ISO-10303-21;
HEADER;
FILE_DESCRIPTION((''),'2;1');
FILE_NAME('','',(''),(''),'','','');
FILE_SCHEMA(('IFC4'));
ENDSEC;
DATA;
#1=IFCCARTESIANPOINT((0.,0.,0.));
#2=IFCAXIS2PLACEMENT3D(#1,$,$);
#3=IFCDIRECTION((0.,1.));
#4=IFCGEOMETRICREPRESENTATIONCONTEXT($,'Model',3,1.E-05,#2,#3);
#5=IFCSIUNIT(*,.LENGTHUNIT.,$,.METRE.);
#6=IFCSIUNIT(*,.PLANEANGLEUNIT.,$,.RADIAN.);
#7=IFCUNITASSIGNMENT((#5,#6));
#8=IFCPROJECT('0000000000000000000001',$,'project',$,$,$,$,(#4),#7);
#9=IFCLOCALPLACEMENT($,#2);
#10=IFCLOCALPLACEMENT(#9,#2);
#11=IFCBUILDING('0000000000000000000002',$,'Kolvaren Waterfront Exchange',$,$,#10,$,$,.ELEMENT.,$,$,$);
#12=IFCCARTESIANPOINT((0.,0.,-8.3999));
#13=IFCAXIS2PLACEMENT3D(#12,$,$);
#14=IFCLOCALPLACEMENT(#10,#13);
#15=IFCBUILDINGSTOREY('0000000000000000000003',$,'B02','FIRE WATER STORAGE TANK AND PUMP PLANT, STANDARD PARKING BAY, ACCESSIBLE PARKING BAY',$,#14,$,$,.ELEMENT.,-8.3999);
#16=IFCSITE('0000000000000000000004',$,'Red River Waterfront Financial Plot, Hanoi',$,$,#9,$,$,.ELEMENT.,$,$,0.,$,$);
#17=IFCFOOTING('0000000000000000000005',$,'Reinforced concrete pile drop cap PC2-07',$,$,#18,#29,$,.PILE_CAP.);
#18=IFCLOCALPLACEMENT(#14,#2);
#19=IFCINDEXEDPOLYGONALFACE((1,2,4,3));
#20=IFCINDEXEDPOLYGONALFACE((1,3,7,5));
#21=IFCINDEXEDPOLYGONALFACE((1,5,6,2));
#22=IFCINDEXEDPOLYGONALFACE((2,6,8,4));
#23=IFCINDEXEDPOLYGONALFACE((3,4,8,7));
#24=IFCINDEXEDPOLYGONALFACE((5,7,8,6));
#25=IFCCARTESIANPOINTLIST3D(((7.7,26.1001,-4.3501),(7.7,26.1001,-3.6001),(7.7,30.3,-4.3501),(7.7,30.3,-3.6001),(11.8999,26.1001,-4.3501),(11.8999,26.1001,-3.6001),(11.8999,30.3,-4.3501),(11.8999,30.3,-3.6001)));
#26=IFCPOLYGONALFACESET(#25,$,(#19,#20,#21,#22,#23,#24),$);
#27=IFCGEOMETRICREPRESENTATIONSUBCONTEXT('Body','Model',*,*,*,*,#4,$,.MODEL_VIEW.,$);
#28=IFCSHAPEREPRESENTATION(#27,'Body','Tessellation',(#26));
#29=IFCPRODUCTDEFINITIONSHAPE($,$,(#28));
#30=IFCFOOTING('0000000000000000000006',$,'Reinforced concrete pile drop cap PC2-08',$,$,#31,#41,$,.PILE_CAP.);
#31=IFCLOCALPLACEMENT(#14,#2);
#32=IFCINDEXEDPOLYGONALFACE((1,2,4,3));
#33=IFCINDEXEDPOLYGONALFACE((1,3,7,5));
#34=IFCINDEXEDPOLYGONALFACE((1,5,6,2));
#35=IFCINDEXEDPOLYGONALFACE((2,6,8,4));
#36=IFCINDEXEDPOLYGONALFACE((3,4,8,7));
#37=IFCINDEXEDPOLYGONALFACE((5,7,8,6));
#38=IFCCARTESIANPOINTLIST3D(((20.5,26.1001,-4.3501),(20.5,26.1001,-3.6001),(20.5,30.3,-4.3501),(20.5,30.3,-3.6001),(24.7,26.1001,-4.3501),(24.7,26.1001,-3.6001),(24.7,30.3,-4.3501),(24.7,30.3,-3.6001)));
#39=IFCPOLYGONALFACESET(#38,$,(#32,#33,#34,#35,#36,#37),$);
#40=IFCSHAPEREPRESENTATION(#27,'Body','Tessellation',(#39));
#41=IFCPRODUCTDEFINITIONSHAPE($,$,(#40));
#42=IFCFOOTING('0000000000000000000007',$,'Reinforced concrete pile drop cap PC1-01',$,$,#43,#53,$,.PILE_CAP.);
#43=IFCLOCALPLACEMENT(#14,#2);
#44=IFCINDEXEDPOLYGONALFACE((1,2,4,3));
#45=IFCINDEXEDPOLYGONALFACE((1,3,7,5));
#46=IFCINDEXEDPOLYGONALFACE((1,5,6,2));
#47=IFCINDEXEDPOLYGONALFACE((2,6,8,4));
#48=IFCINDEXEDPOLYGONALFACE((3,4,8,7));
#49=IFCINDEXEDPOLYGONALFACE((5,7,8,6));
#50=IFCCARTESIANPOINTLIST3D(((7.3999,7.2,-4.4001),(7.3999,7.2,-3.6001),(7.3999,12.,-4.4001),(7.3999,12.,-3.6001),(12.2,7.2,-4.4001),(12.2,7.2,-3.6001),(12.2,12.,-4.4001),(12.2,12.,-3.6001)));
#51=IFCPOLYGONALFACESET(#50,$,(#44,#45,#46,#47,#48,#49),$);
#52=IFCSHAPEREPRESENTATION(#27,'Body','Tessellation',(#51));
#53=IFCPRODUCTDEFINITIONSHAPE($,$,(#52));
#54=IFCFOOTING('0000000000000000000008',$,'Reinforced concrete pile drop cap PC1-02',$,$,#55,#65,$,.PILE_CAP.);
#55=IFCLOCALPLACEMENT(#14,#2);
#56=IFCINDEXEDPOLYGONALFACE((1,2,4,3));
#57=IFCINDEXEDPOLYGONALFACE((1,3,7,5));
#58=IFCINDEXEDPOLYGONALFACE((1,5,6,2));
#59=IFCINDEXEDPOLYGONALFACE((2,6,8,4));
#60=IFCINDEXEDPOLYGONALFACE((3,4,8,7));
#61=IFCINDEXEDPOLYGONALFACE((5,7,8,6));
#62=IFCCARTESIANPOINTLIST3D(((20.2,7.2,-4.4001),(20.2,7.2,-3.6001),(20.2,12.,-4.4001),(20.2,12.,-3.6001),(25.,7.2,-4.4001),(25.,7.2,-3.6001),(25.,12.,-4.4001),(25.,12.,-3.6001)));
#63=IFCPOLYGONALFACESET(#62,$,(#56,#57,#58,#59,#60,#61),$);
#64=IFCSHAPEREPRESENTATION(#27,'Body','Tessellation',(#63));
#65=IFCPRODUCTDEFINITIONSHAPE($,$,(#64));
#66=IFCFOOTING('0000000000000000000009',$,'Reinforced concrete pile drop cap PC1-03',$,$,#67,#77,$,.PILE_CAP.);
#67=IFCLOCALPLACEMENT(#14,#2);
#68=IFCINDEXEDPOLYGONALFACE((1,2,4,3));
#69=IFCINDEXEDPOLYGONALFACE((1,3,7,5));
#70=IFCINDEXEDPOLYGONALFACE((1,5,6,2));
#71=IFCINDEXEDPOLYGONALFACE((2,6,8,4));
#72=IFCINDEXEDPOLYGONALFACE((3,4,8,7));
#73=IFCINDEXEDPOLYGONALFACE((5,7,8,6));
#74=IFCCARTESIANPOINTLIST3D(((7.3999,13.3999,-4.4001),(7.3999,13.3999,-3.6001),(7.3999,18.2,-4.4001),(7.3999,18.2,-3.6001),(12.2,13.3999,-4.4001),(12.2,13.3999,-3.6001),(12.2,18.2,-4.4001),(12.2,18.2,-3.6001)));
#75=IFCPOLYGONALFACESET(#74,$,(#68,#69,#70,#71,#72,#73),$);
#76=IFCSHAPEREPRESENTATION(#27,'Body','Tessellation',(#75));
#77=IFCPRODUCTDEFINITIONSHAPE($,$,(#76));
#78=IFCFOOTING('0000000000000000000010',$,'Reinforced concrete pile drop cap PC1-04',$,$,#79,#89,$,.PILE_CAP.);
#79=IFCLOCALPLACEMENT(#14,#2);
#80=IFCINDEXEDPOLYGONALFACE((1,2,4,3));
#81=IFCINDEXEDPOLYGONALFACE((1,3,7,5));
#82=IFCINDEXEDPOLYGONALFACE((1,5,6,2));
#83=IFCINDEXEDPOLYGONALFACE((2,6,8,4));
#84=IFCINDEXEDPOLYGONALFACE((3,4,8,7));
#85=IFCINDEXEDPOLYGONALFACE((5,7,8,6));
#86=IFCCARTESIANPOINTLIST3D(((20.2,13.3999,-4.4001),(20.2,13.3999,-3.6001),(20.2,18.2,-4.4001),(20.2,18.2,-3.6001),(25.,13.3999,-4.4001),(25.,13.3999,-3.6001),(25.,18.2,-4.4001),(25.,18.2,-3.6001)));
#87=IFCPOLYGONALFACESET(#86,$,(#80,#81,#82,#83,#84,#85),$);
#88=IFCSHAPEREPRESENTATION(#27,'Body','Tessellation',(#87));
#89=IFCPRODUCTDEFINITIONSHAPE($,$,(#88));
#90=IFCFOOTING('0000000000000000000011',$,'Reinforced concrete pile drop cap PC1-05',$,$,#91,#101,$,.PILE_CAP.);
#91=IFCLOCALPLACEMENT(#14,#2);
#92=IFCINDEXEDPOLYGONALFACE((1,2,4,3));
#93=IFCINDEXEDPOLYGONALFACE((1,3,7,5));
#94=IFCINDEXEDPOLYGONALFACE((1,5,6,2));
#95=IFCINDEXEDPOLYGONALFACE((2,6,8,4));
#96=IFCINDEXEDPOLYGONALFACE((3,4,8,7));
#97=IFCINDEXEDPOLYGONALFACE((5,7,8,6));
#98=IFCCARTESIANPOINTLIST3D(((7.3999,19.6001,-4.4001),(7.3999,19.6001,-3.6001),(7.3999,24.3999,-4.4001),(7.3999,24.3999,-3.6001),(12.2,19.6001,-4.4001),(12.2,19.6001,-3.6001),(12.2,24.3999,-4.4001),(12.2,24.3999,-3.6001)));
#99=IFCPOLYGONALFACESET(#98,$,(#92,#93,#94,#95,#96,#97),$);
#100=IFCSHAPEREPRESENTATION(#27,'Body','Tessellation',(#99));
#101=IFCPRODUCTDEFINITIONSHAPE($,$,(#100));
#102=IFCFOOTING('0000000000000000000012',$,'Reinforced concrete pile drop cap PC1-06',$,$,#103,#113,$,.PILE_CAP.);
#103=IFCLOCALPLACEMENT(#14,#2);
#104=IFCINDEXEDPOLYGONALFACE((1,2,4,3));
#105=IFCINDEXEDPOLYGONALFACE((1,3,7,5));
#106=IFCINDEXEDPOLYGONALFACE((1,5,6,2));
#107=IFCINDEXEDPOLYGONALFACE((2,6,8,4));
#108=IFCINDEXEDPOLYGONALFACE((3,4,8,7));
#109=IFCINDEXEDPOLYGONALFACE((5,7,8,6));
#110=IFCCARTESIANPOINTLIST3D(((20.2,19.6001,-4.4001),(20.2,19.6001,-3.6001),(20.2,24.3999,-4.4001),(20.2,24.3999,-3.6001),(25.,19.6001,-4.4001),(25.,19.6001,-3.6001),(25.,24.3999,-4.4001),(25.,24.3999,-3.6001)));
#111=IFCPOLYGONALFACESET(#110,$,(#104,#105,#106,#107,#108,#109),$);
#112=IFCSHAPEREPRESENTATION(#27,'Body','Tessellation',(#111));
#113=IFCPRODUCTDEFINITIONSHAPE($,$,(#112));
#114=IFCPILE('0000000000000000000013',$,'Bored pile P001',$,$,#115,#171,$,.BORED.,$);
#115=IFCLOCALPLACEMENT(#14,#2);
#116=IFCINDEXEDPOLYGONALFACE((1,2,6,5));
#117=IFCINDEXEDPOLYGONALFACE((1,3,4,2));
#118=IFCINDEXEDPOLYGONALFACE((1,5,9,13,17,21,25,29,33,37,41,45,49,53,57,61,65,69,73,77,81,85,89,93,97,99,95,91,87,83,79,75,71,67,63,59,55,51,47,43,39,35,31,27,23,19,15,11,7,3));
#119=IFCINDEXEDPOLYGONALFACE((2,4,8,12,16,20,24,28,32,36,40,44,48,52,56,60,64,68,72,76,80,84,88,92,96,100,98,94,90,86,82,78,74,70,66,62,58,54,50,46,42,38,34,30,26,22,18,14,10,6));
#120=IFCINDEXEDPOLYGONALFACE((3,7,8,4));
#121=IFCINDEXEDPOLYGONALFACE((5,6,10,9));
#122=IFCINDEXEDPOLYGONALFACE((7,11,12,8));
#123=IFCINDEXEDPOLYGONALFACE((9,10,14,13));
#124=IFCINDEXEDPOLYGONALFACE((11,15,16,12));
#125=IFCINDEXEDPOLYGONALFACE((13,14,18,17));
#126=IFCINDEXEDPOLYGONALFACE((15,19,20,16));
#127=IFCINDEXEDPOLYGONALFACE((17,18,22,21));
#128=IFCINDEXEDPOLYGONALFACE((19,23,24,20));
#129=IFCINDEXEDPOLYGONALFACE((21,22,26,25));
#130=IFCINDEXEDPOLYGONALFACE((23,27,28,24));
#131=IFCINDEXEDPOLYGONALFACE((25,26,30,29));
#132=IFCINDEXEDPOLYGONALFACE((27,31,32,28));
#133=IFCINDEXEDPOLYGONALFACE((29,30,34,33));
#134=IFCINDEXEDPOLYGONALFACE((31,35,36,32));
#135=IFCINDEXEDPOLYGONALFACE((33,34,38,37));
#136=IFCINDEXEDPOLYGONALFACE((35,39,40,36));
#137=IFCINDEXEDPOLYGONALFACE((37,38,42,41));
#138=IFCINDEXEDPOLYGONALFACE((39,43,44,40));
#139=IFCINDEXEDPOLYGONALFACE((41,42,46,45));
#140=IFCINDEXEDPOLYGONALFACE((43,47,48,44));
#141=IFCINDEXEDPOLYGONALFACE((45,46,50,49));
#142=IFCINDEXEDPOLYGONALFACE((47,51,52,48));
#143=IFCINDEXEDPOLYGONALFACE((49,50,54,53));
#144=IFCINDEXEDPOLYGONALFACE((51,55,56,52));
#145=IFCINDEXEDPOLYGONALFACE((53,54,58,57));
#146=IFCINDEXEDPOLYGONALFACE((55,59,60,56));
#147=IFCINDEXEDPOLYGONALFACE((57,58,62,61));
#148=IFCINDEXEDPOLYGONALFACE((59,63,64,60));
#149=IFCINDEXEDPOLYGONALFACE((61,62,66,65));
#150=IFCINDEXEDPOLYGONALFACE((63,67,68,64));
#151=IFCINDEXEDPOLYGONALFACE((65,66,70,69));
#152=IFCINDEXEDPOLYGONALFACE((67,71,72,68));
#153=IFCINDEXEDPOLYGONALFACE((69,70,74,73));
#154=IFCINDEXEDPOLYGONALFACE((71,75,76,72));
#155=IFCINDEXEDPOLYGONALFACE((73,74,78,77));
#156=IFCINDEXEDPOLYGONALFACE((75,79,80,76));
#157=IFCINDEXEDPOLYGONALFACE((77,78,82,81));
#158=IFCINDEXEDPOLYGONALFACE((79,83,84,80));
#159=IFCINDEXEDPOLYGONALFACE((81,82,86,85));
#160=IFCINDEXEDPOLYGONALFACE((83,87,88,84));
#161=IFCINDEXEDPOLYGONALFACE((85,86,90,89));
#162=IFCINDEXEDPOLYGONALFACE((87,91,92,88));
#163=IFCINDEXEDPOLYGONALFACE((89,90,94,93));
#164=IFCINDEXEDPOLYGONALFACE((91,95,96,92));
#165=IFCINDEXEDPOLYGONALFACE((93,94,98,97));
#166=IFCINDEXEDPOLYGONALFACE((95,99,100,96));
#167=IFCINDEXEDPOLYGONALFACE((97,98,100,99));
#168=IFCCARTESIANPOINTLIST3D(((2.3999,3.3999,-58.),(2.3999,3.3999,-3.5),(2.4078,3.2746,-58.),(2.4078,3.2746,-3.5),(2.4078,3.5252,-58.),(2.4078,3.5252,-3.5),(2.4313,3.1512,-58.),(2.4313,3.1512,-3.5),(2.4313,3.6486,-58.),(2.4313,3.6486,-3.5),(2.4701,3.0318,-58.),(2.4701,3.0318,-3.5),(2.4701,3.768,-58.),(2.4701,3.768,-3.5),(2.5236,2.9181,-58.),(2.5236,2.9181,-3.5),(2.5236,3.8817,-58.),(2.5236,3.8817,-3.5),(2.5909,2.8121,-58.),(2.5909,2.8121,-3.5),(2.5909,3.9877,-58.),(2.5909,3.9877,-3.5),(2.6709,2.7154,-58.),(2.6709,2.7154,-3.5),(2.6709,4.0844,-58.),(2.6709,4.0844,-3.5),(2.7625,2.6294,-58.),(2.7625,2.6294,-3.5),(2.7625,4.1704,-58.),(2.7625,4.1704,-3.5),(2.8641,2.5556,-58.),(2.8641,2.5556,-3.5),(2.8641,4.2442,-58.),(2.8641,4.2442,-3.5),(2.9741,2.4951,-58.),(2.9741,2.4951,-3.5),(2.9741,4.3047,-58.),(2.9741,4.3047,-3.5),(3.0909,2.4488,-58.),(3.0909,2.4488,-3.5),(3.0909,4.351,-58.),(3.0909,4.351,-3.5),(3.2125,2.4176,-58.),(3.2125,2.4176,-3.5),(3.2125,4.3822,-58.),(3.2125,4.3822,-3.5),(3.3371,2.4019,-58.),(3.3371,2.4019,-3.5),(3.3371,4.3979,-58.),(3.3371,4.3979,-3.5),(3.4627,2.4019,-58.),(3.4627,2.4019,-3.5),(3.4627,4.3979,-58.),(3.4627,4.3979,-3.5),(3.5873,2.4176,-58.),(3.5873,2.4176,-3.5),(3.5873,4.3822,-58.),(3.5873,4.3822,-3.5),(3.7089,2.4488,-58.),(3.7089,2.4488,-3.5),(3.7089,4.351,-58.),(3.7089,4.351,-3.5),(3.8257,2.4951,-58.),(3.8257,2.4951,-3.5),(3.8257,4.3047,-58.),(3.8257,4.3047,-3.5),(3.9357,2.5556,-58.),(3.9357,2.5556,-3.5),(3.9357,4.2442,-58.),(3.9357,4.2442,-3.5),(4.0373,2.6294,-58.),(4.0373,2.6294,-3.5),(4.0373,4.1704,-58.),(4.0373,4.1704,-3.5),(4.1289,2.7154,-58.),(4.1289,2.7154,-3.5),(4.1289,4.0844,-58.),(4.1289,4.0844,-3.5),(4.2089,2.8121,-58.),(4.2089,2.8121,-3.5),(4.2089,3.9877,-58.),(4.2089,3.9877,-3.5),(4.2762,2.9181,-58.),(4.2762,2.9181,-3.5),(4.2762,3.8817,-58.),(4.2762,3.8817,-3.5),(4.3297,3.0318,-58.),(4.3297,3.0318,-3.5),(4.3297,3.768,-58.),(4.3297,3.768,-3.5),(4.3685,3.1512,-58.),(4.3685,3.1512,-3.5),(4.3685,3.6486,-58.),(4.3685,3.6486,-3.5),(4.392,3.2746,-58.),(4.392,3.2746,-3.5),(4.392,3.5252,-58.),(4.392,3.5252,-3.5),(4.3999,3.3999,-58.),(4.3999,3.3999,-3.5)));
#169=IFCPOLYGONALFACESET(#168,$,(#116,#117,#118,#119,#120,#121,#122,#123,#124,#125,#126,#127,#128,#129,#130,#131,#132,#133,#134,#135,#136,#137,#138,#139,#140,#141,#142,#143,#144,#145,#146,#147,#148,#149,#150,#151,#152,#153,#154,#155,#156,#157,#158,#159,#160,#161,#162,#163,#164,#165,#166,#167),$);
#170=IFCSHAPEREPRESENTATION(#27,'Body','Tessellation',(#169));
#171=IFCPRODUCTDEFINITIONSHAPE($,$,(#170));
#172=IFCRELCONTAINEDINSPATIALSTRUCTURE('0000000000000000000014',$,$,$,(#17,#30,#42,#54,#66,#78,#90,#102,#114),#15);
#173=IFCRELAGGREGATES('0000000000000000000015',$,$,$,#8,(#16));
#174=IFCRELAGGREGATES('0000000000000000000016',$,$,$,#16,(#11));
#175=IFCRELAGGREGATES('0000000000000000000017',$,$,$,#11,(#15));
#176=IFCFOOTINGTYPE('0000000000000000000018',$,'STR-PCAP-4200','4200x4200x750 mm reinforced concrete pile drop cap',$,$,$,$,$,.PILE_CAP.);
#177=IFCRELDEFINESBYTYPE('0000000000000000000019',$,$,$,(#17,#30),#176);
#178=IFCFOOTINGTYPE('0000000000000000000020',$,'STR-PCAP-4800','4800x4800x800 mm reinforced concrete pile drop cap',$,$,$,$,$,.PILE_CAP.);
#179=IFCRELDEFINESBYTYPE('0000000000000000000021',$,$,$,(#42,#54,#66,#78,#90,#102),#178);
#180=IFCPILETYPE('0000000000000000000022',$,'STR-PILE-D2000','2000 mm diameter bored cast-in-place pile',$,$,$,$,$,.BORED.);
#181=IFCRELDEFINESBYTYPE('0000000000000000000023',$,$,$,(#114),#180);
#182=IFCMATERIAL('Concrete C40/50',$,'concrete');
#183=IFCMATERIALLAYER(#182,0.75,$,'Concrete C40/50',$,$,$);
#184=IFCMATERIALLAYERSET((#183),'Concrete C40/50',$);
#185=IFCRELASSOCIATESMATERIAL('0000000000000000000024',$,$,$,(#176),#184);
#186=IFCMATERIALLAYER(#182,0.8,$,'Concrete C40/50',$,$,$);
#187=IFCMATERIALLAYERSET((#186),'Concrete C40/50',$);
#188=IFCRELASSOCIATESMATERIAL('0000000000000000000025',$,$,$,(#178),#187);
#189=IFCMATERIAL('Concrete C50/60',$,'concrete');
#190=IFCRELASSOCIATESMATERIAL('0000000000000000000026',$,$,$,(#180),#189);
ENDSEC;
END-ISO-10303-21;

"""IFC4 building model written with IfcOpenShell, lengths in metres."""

from ifc_helpers import new_model, si_unit, direction, frame, origin, origin_2d, place, context, subcontext, project, spatial, polyline, circle, outline, extrude, material, layer, layer_set, material_profile, profile_set, type_object, element, save


model = new_model("IFC4")

# Units and contexts
model_context = context("Model", 3, precision=1e-05, world=origin(), true_north=direction((0.0, 1.0)))
body_context = subcontext(model_context, "Body", "Model", "MODEL_VIEW")
ifc_project = project(units=[si_unit("LENGTHUNIT", "METRE"), si_unit("PLANEANGLEUNIT", "RADIAN")], contexts=[model_context])

# Site, building, storey
site_placement = place(None, origin())
site = spatial("IfcSite", under=ifc_project, at=site_placement, Name="Red River Waterfront Financial Plot, Hanoi", CompositionType="ELEMENT", RefElevation=0.0)
building_placement = place(site_placement, origin())
building = spatial("IfcBuilding", under=site, at=building_placement, Name="Kolvaren Waterfront Exchange", CompositionType="ELEMENT")
storey_placement = place(building_placement, frame((0.0, 0.0, -8.3999)))
storey = spatial("IfcBuildingStorey", under=building, at=storey_placement, Name="B02", Description="FIRE WATER STORAGE TANK AND PUMP PLANT, STANDARD PARKING BAY, ACCESSIBLE PARKING BAY", CompositionType="ELEMENT", Elevation=-8.3999)

# Footings
ifc_material_1 = material(Name="Concrete C40/50", Category="concrete")
ifc_layer_1 = layer(ifc_material_1, 0.75, Name="Concrete C40/50")
ifc_layer_set_1 = layer_set([ifc_layer_1], Name="Concrete C40/50")
footing_type_1 = type_object("IfcFootingType", Name="STR-PCAP-4200", Description="4200x4200x750 mm reinforced concrete pile drop cap", PredefinedType="PILE_CAP", material=ifc_layer_set_1)
footing_1_placement = place(storey_placement, frame((0.0, 0.0, -4.3501)))
element("IfcFooting", 1, at=footing_1_placement, inside=storey, type_object=footing_type_1, Name="Reinforced concrete pile drop cap PC2-07", PredefinedType="PILE_CAP", context=body_context, shape_type="SweptSolid", body=[
    extrude(outline(polyline([(7.7, 26.1001), (11.8999, 26.1001), (11.8999, 30.3), (7.7, 30.3), (7.7, 26.1001)])), origin(), (0.0, 0.0, 1.0), 0.75),
])
footing_2_placement = place(storey_placement, frame((0.0, 0.0, -4.3501)))
element("IfcFooting", 2, at=footing_2_placement, inside=storey, type_object=footing_type_1, Name="Reinforced concrete pile drop cap PC2-08", PredefinedType="PILE_CAP", context=body_context, shape_type="SweptSolid", body=[
    extrude(outline(polyline([(20.5, 26.1001), (24.7, 26.1001), (24.7, 30.3), (20.5, 30.3), (20.5, 26.1001)])), origin(), (0.0, 0.0, 1.0), 0.75),
])
ifc_layer_2 = layer(ifc_material_1, 0.8, Name="Concrete C40/50")
ifc_layer_set_2 = layer_set([ifc_layer_2], Name="Concrete C40/50")
footing_type_2 = type_object("IfcFootingType", Name="STR-PCAP-4800", Description="4800x4800x800 mm reinforced concrete pile drop cap", PredefinedType="PILE_CAP", material=ifc_layer_set_2)
footing_3_placement = place(storey_placement, frame((0.0, 0.0, -4.4001)))
element("IfcFooting", 3, at=footing_3_placement, inside=storey, type_object=footing_type_2, Name="Reinforced concrete pile drop cap PC1-01", PredefinedType="PILE_CAP", context=body_context, shape_type="SweptSolid", body=[
    extrude(outline(polyline([(7.3999, 7.2), (12.2, 7.2), (12.2, 12.0), (7.3999, 12.0), (7.3999, 7.2)])), origin(), (0.0, 0.0, 1.0), 0.8),
])
footing_4_placement = place(storey_placement, frame((0.0, 0.0, -4.4001)))
element("IfcFooting", 4, at=footing_4_placement, inside=storey, type_object=footing_type_2, Name="Reinforced concrete pile drop cap PC1-02", PredefinedType="PILE_CAP", context=body_context, shape_type="SweptSolid", body=[
    extrude(outline(polyline([(20.2, 7.2), (25.0, 7.2), (25.0, 12.0), (20.2, 12.0), (20.2, 7.2)])), origin(), (0.0, 0.0, 1.0), 0.8),
])
footing_5_placement = place(storey_placement, frame((0.0, 0.0, -4.4001)))
element("IfcFooting", 5, at=footing_5_placement, inside=storey, type_object=footing_type_2, Name="Reinforced concrete pile drop cap PC1-03", PredefinedType="PILE_CAP", context=body_context, shape_type="SweptSolid", body=[
    extrude(outline(polyline([(7.3999, 13.3999), (12.2, 13.3999), (12.2, 18.2), (7.3999, 18.2), (7.3999, 13.3999)])), origin(), (0.0, 0.0, 1.0), 0.8),
])
footing_6_placement = place(storey_placement, frame((0.0, 0.0, -4.4001)))
element("IfcFooting", 6, at=footing_6_placement, inside=storey, type_object=footing_type_2, Name="Reinforced concrete pile drop cap PC1-04", PredefinedType="PILE_CAP", context=body_context, shape_type="SweptSolid", body=[
    extrude(outline(polyline([(20.2, 13.3999), (25.0, 13.3999), (25.0, 18.2), (20.2, 18.2), (20.2, 13.3999)])), origin(), (0.0, 0.0, 1.0), 0.8),
])
footing_7_placement = place(storey_placement, frame((0.0, 0.0, -4.4001)))
element("IfcFooting", 7, at=footing_7_placement, inside=storey, type_object=footing_type_2, Name="Reinforced concrete pile drop cap PC1-05", PredefinedType="PILE_CAP", context=body_context, shape_type="SweptSolid", body=[
    extrude(outline(polyline([(7.3999, 19.6001), (12.2, 19.6001), (12.2, 24.3999), (7.3999, 24.3999), (7.3999, 19.6001)])), origin(), (0.0, 0.0, 1.0), 0.8),
])
footing_8_placement = place(storey_placement, frame((0.0, 0.0, -4.4001)))
element("IfcFooting", 8, at=footing_8_placement, inside=storey, type_object=footing_type_2, Name="Reinforced concrete pile drop cap PC1-06", PredefinedType="PILE_CAP", context=body_context, shape_type="SweptSolid", body=[
    extrude(outline(polyline([(20.2, 19.6001), (25.0, 19.6001), (25.0, 24.3999), (20.2, 24.3999), (20.2, 19.6001)])), origin(), (0.0, 0.0, 1.0), 0.8),
])

# Pile
ifc_material_2 = material(Name="Concrete C50/60", Category="concrete")
ifc_material_profile = material_profile(ifc_material_2, circle(Radius=1.0, at=origin_2d()), Name="RC-PILE-D2000")
ifc_profile_set = profile_set([ifc_material_profile], Name="Concrete C50/60")
pile_type = type_object("IfcPileType", Name="STR-PILE-D2000", Description="2000 mm diameter bored cast-in-place pile", PredefinedType="BORED", material=ifc_profile_set)
for number, where, z_axis, x_axis, name in (
    (9, (3.3999, 3.3999, -3.5), (0.0, 0.0, -1.0), (1.0, 0.0, 0.0), "Bored pile P001"),
):
    element("IfcPile", number, at=place(storey_placement, frame(where, z_axis=z_axis, x_axis=x_axis)), inside=storey, type_object=pile_type, Name=name, PredefinedType="BORED", context=body_context, shape_type="SweptSolid", body=[
        extrude(circle(Radius=1.0, at=origin_2d()), origin(), (0.0, 0.0, 1.0), 54.5),
    ])

save(model, "model.ifc")
